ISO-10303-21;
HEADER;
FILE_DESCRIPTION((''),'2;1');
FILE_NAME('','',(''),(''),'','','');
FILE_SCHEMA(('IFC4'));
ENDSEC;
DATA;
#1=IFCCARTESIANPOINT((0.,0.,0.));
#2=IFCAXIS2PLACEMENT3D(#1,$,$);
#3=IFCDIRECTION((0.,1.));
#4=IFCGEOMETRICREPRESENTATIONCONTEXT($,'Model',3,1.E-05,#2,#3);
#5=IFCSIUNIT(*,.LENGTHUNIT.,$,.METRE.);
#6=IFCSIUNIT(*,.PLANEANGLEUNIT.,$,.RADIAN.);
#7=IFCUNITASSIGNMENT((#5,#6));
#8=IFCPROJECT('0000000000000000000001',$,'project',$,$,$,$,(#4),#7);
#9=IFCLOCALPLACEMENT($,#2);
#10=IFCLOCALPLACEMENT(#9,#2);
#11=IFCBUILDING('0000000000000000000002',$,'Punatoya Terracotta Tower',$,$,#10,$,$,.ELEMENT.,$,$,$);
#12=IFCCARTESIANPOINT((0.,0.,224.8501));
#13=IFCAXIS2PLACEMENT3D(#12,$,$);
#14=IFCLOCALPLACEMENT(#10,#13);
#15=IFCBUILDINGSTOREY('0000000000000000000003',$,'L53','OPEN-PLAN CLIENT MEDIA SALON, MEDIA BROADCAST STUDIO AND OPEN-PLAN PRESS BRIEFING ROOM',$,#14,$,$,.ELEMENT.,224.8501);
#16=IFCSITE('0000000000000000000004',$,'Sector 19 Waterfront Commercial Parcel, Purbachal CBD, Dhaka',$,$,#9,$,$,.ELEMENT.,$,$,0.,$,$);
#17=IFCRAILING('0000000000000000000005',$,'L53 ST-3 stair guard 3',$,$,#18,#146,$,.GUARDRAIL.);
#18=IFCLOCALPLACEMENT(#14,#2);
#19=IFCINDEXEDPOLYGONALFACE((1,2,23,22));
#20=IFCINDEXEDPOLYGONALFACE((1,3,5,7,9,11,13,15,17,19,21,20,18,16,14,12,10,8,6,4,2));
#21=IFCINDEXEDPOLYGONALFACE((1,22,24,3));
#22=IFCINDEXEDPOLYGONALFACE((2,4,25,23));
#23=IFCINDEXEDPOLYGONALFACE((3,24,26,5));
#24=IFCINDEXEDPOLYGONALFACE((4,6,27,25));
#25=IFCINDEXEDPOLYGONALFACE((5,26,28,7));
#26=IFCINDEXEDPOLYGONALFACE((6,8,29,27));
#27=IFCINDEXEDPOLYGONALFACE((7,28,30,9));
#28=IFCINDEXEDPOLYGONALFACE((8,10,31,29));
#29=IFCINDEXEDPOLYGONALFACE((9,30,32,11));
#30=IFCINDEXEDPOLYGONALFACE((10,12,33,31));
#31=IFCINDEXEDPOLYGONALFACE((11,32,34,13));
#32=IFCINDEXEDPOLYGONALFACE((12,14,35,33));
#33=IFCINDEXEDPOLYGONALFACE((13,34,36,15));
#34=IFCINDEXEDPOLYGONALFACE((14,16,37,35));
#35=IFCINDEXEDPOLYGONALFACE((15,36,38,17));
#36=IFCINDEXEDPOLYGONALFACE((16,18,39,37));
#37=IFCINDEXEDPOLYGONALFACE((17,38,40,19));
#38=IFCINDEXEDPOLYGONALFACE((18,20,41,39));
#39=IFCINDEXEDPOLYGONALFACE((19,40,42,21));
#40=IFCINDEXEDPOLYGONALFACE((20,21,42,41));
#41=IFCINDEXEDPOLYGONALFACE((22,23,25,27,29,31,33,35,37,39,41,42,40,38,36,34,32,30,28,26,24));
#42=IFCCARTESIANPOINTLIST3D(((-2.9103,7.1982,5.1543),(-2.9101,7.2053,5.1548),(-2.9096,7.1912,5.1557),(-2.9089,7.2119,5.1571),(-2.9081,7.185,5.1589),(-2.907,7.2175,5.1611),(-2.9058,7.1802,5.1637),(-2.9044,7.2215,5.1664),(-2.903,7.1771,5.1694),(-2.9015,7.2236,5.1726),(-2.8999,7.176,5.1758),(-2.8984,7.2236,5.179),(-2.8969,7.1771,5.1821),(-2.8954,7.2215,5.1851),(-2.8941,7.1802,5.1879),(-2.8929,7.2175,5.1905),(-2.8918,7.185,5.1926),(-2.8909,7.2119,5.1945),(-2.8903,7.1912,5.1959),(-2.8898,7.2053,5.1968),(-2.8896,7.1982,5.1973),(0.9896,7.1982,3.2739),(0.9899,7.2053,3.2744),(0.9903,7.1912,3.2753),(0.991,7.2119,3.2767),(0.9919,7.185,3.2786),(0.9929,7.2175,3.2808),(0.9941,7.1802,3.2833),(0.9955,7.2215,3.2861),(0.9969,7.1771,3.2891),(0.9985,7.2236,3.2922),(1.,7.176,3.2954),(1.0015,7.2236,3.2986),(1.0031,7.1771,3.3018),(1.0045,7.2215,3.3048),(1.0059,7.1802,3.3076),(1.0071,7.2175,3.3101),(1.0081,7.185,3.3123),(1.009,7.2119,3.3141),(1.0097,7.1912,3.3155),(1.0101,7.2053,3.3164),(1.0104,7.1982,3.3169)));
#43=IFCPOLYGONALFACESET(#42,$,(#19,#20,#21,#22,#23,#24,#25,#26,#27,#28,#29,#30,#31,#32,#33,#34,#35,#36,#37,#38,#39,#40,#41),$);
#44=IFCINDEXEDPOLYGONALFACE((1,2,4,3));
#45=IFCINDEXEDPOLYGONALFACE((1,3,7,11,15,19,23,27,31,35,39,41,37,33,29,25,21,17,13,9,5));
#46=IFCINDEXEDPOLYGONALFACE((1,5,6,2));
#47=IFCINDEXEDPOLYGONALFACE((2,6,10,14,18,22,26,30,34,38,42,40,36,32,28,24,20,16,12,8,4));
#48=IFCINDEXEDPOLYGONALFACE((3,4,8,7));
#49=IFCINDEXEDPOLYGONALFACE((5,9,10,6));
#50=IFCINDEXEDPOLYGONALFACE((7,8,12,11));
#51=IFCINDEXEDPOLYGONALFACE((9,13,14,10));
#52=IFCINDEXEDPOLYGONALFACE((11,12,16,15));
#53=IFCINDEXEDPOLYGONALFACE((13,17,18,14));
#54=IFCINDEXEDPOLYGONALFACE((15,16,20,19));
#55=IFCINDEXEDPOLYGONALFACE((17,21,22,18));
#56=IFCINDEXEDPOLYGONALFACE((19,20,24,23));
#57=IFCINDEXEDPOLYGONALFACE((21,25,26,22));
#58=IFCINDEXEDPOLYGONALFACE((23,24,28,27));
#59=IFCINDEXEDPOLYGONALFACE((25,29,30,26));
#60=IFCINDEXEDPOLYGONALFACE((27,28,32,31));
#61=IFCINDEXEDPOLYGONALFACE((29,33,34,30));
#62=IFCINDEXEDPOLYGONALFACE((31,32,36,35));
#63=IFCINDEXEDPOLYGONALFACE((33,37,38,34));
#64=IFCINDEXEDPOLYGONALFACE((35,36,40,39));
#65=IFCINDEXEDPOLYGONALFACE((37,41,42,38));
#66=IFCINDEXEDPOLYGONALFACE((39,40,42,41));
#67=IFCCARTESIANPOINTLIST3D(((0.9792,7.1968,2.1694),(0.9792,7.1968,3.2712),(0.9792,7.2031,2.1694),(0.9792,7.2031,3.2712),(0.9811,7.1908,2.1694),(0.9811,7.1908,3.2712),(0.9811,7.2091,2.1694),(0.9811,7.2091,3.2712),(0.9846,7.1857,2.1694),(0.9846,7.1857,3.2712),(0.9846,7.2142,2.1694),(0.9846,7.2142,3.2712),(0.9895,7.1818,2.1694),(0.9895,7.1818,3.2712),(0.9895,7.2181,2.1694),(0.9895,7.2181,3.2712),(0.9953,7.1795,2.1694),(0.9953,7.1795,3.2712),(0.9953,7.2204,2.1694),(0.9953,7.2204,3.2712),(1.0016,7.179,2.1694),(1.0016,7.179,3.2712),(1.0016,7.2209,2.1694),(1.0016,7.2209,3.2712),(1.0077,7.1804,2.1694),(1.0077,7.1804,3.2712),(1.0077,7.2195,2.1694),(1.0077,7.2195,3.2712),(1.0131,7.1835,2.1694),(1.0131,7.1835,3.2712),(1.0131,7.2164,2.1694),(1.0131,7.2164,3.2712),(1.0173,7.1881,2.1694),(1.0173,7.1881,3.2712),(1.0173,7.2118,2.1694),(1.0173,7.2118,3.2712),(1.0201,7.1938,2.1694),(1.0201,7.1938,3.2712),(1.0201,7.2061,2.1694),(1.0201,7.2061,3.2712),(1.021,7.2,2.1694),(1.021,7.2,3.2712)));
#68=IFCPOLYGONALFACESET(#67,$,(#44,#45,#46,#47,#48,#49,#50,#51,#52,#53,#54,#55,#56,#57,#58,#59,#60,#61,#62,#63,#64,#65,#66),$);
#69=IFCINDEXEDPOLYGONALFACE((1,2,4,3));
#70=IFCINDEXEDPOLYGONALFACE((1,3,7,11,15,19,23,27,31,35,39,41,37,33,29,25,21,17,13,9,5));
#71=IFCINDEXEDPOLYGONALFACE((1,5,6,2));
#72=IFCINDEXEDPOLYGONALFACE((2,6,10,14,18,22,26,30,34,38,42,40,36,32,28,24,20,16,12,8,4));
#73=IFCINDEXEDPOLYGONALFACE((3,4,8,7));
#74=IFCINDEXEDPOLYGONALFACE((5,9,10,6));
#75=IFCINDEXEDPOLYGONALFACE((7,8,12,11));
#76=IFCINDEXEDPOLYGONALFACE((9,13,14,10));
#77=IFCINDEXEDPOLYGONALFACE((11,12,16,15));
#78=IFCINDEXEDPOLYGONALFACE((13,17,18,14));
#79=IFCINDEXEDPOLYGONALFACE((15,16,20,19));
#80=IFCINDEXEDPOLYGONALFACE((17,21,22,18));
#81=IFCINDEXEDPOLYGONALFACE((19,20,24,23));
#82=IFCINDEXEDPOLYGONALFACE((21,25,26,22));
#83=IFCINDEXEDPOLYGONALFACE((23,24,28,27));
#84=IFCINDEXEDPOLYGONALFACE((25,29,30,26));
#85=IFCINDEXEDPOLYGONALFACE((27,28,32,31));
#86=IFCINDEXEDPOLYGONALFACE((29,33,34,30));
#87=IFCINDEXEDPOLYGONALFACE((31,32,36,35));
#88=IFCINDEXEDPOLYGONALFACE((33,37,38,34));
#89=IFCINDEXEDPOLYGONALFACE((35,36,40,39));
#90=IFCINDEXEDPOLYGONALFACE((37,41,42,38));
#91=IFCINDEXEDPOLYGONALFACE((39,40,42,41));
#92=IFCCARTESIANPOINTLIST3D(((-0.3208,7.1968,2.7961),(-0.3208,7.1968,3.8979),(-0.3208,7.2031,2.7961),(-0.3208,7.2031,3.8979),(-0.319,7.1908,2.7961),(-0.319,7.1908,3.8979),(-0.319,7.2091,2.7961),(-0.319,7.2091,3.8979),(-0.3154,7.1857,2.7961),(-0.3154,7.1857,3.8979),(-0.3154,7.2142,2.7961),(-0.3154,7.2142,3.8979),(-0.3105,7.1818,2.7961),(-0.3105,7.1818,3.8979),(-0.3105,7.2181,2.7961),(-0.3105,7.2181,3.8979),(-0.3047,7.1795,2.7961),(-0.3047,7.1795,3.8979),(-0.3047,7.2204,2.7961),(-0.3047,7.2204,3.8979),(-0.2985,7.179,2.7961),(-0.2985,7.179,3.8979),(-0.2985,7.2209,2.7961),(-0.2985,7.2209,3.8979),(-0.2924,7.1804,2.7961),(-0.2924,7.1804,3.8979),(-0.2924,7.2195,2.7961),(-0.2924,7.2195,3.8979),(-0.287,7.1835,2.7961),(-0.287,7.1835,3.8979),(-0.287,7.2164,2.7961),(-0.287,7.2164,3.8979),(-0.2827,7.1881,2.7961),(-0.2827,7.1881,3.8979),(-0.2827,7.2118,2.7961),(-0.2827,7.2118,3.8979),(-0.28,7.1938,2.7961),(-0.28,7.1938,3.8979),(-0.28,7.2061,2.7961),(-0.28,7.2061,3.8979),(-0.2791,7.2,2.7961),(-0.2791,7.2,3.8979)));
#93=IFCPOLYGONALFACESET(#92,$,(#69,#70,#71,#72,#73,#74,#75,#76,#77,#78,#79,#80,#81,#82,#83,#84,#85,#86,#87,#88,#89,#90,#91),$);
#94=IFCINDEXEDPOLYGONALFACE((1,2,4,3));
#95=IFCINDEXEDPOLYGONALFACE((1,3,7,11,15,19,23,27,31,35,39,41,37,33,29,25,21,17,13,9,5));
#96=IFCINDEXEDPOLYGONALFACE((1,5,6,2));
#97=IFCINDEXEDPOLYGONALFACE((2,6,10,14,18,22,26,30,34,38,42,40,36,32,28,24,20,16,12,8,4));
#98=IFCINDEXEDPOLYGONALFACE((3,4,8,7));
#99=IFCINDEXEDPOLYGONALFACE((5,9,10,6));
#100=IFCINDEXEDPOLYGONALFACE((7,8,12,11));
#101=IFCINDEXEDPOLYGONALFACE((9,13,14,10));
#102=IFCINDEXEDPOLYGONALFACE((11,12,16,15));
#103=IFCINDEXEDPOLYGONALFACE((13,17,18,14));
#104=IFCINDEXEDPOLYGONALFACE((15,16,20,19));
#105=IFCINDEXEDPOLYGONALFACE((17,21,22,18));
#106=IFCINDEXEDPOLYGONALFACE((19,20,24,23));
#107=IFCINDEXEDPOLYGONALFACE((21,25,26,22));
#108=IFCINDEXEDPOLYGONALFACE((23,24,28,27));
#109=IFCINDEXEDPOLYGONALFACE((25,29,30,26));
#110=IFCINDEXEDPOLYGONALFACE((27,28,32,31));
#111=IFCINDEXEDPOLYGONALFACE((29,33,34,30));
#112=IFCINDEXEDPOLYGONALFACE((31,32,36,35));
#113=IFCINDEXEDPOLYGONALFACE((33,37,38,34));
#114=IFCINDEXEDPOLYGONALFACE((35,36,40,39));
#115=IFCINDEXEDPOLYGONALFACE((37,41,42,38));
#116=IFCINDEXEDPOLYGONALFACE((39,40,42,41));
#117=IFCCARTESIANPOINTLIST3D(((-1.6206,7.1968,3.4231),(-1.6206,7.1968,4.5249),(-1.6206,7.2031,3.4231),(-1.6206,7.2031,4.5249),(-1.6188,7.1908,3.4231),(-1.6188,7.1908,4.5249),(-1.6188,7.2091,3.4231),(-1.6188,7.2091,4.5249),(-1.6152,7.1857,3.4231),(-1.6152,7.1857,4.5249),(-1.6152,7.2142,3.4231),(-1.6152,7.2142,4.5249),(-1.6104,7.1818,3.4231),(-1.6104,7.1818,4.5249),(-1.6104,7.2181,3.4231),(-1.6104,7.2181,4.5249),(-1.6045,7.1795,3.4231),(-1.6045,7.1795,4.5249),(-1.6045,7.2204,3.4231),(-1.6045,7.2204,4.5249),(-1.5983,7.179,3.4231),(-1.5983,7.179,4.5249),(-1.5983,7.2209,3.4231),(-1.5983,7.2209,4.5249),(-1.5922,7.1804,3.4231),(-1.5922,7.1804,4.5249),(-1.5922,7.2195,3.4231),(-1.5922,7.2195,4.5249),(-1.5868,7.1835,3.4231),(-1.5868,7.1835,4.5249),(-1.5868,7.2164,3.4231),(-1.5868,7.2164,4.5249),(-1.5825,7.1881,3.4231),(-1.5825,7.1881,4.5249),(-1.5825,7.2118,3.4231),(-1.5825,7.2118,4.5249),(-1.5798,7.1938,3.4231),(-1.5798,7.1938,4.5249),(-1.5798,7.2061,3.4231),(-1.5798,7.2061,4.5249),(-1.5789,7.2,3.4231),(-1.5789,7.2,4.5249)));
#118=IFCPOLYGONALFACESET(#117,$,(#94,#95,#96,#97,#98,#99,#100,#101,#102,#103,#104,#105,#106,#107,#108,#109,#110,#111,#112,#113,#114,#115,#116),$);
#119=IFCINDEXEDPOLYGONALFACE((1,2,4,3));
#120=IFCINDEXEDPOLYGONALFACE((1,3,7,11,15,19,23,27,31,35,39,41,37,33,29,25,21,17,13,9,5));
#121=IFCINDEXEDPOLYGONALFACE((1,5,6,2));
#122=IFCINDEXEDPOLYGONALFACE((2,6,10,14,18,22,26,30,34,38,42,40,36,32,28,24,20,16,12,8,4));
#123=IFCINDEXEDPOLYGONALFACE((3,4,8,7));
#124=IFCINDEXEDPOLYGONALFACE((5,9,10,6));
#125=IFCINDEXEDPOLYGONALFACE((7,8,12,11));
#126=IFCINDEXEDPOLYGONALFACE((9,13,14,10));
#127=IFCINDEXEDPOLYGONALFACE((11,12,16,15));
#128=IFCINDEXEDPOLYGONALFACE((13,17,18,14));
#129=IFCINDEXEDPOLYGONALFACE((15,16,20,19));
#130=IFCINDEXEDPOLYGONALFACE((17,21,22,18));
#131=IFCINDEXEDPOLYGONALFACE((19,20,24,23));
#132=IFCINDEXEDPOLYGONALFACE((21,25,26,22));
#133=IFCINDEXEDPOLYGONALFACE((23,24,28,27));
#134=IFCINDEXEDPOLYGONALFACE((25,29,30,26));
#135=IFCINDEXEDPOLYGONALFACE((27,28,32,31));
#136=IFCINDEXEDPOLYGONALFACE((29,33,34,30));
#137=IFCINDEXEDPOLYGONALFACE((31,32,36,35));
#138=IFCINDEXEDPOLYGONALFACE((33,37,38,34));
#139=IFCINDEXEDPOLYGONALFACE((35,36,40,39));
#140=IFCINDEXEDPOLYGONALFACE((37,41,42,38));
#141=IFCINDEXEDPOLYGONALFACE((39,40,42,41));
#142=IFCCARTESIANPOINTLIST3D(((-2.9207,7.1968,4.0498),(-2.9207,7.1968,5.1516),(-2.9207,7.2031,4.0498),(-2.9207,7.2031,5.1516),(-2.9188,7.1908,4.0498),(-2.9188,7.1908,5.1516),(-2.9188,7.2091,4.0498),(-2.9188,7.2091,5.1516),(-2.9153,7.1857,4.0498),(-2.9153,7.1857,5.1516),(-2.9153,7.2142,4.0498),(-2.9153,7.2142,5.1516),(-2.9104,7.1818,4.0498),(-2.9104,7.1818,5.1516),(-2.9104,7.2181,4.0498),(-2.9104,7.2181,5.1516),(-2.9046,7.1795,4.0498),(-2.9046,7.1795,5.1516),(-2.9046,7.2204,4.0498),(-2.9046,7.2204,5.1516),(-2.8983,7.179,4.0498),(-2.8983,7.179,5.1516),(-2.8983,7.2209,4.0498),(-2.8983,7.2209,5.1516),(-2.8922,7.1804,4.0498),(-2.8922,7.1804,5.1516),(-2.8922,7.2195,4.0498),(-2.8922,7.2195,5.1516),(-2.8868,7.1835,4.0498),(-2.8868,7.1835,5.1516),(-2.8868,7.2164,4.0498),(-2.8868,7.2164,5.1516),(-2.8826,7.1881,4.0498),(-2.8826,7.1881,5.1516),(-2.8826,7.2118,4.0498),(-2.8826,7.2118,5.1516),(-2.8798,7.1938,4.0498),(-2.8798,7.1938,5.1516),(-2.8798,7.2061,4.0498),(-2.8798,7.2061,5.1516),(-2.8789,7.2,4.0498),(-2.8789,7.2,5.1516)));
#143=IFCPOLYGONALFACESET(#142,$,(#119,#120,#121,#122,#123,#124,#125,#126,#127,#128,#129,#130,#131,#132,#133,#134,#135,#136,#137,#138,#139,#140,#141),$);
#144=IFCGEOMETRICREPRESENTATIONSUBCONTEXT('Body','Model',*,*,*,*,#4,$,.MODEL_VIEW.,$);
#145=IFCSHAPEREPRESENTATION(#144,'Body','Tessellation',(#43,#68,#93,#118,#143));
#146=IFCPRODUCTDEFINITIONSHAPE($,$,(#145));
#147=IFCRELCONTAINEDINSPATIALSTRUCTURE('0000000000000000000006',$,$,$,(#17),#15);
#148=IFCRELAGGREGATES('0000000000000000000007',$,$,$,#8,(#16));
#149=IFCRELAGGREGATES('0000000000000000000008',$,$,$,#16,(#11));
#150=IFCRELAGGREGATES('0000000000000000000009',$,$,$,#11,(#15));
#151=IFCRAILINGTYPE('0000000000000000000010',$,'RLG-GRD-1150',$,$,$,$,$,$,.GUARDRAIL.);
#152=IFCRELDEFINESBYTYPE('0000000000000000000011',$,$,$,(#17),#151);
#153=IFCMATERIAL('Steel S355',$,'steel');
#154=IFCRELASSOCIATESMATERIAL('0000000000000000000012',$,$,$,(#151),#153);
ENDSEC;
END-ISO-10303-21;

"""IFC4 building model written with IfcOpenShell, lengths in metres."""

from ifc_helpers import new_model, si_unit, direction, frame, origin, origin_2d, place, context, subcontext, project, spatial, circle, extrude, material, type_object, element, save


model = new_model("IFC4")

# Units and contexts
model_context = context("Model", 3, precision=1e-05, world=origin(), true_north=direction((0.0, 1.0)))
body_context = subcontext(model_context, "Body", "Model", "MODEL_VIEW")
ifc_project = project(units=[si_unit("LENGTHUNIT", "METRE"), si_unit("PLANEANGLEUNIT", "RADIAN")], contexts=[model_context])

# Site, building, storey
site_placement = place(None, origin())
site = spatial("IfcSite", under=ifc_project, at=site_placement, Name="Sector 19 Waterfront Commercial Parcel, Purbachal CBD, Dhaka", CompositionType="ELEMENT", RefElevation=0.0)
building_placement = place(site_placement, origin())
building = spatial("IfcBuilding", under=site, at=building_placement, Name="Punatoya Terracotta Tower", CompositionType="ELEMENT")
storey_placement = place(building_placement, frame((0.0, 0.0, 224.8501)))
storey = spatial("IfcBuildingStorey", under=building, at=storey_placement, Name="L53", Description="OPEN-PLAN CLIENT MEDIA SALON, MEDIA BROADCAST STUDIO AND OPEN-PLAN PRESS BRIEFING ROOM", CompositionType="ELEMENT", Elevation=224.8501)

# Shared definitions
ifc_material_1 = material(Name="Steel S355", Category="steel")

# Railing
railing_type_1 = type_object("IfcRailingType", Name="RLG-GRD-1150", PredefinedType="GUARDRAIL", material=ifc_material_1)
railing_1_placement = place(storey_placement, frame((1.0, 7.2, 2.1694)))
element("IfcRailing", 1, at=railing_1_placement, inside=storey, type_object=railing_type_1, Name="L53 ST-3 stair guard 3", PredefinedType="GUARDRAIL", context=body_context, shape_type="SweptSolid", body=[
    extrude(circle(Radius=0.0239, at=origin_2d()), frame((0.0, 0.0, 1.126), z_axis=(-0.900763, 0.0, 0.434311), x_axis=(0.0, -1.0, 0.0)), (0.0, 0.0, 1.0), 4.3296),
    extrude(circle(Radius=0.021, at=origin_2d()), origin(), (0.0, 0.0, 1.0), 1.1018),
    extrude(circle(Radius=0.021, at=origin_2d()), frame((-1.3, 0.0, 0.6267)), (0.0, 0.0, 1.0), 1.1018),
    extrude(circle(Radius=0.021, at=origin_2d()), frame((-2.5999, 0.0, 1.2537)), (0.0, 0.0, 1.0), 1.1018),
    extrude(circle(Radius=0.021, at=origin_2d()), frame((-3.8999, 0.0, 1.8804)), (0.0, 0.0, 1.0), 1.1018),
])

save(model, "model.ifc")
